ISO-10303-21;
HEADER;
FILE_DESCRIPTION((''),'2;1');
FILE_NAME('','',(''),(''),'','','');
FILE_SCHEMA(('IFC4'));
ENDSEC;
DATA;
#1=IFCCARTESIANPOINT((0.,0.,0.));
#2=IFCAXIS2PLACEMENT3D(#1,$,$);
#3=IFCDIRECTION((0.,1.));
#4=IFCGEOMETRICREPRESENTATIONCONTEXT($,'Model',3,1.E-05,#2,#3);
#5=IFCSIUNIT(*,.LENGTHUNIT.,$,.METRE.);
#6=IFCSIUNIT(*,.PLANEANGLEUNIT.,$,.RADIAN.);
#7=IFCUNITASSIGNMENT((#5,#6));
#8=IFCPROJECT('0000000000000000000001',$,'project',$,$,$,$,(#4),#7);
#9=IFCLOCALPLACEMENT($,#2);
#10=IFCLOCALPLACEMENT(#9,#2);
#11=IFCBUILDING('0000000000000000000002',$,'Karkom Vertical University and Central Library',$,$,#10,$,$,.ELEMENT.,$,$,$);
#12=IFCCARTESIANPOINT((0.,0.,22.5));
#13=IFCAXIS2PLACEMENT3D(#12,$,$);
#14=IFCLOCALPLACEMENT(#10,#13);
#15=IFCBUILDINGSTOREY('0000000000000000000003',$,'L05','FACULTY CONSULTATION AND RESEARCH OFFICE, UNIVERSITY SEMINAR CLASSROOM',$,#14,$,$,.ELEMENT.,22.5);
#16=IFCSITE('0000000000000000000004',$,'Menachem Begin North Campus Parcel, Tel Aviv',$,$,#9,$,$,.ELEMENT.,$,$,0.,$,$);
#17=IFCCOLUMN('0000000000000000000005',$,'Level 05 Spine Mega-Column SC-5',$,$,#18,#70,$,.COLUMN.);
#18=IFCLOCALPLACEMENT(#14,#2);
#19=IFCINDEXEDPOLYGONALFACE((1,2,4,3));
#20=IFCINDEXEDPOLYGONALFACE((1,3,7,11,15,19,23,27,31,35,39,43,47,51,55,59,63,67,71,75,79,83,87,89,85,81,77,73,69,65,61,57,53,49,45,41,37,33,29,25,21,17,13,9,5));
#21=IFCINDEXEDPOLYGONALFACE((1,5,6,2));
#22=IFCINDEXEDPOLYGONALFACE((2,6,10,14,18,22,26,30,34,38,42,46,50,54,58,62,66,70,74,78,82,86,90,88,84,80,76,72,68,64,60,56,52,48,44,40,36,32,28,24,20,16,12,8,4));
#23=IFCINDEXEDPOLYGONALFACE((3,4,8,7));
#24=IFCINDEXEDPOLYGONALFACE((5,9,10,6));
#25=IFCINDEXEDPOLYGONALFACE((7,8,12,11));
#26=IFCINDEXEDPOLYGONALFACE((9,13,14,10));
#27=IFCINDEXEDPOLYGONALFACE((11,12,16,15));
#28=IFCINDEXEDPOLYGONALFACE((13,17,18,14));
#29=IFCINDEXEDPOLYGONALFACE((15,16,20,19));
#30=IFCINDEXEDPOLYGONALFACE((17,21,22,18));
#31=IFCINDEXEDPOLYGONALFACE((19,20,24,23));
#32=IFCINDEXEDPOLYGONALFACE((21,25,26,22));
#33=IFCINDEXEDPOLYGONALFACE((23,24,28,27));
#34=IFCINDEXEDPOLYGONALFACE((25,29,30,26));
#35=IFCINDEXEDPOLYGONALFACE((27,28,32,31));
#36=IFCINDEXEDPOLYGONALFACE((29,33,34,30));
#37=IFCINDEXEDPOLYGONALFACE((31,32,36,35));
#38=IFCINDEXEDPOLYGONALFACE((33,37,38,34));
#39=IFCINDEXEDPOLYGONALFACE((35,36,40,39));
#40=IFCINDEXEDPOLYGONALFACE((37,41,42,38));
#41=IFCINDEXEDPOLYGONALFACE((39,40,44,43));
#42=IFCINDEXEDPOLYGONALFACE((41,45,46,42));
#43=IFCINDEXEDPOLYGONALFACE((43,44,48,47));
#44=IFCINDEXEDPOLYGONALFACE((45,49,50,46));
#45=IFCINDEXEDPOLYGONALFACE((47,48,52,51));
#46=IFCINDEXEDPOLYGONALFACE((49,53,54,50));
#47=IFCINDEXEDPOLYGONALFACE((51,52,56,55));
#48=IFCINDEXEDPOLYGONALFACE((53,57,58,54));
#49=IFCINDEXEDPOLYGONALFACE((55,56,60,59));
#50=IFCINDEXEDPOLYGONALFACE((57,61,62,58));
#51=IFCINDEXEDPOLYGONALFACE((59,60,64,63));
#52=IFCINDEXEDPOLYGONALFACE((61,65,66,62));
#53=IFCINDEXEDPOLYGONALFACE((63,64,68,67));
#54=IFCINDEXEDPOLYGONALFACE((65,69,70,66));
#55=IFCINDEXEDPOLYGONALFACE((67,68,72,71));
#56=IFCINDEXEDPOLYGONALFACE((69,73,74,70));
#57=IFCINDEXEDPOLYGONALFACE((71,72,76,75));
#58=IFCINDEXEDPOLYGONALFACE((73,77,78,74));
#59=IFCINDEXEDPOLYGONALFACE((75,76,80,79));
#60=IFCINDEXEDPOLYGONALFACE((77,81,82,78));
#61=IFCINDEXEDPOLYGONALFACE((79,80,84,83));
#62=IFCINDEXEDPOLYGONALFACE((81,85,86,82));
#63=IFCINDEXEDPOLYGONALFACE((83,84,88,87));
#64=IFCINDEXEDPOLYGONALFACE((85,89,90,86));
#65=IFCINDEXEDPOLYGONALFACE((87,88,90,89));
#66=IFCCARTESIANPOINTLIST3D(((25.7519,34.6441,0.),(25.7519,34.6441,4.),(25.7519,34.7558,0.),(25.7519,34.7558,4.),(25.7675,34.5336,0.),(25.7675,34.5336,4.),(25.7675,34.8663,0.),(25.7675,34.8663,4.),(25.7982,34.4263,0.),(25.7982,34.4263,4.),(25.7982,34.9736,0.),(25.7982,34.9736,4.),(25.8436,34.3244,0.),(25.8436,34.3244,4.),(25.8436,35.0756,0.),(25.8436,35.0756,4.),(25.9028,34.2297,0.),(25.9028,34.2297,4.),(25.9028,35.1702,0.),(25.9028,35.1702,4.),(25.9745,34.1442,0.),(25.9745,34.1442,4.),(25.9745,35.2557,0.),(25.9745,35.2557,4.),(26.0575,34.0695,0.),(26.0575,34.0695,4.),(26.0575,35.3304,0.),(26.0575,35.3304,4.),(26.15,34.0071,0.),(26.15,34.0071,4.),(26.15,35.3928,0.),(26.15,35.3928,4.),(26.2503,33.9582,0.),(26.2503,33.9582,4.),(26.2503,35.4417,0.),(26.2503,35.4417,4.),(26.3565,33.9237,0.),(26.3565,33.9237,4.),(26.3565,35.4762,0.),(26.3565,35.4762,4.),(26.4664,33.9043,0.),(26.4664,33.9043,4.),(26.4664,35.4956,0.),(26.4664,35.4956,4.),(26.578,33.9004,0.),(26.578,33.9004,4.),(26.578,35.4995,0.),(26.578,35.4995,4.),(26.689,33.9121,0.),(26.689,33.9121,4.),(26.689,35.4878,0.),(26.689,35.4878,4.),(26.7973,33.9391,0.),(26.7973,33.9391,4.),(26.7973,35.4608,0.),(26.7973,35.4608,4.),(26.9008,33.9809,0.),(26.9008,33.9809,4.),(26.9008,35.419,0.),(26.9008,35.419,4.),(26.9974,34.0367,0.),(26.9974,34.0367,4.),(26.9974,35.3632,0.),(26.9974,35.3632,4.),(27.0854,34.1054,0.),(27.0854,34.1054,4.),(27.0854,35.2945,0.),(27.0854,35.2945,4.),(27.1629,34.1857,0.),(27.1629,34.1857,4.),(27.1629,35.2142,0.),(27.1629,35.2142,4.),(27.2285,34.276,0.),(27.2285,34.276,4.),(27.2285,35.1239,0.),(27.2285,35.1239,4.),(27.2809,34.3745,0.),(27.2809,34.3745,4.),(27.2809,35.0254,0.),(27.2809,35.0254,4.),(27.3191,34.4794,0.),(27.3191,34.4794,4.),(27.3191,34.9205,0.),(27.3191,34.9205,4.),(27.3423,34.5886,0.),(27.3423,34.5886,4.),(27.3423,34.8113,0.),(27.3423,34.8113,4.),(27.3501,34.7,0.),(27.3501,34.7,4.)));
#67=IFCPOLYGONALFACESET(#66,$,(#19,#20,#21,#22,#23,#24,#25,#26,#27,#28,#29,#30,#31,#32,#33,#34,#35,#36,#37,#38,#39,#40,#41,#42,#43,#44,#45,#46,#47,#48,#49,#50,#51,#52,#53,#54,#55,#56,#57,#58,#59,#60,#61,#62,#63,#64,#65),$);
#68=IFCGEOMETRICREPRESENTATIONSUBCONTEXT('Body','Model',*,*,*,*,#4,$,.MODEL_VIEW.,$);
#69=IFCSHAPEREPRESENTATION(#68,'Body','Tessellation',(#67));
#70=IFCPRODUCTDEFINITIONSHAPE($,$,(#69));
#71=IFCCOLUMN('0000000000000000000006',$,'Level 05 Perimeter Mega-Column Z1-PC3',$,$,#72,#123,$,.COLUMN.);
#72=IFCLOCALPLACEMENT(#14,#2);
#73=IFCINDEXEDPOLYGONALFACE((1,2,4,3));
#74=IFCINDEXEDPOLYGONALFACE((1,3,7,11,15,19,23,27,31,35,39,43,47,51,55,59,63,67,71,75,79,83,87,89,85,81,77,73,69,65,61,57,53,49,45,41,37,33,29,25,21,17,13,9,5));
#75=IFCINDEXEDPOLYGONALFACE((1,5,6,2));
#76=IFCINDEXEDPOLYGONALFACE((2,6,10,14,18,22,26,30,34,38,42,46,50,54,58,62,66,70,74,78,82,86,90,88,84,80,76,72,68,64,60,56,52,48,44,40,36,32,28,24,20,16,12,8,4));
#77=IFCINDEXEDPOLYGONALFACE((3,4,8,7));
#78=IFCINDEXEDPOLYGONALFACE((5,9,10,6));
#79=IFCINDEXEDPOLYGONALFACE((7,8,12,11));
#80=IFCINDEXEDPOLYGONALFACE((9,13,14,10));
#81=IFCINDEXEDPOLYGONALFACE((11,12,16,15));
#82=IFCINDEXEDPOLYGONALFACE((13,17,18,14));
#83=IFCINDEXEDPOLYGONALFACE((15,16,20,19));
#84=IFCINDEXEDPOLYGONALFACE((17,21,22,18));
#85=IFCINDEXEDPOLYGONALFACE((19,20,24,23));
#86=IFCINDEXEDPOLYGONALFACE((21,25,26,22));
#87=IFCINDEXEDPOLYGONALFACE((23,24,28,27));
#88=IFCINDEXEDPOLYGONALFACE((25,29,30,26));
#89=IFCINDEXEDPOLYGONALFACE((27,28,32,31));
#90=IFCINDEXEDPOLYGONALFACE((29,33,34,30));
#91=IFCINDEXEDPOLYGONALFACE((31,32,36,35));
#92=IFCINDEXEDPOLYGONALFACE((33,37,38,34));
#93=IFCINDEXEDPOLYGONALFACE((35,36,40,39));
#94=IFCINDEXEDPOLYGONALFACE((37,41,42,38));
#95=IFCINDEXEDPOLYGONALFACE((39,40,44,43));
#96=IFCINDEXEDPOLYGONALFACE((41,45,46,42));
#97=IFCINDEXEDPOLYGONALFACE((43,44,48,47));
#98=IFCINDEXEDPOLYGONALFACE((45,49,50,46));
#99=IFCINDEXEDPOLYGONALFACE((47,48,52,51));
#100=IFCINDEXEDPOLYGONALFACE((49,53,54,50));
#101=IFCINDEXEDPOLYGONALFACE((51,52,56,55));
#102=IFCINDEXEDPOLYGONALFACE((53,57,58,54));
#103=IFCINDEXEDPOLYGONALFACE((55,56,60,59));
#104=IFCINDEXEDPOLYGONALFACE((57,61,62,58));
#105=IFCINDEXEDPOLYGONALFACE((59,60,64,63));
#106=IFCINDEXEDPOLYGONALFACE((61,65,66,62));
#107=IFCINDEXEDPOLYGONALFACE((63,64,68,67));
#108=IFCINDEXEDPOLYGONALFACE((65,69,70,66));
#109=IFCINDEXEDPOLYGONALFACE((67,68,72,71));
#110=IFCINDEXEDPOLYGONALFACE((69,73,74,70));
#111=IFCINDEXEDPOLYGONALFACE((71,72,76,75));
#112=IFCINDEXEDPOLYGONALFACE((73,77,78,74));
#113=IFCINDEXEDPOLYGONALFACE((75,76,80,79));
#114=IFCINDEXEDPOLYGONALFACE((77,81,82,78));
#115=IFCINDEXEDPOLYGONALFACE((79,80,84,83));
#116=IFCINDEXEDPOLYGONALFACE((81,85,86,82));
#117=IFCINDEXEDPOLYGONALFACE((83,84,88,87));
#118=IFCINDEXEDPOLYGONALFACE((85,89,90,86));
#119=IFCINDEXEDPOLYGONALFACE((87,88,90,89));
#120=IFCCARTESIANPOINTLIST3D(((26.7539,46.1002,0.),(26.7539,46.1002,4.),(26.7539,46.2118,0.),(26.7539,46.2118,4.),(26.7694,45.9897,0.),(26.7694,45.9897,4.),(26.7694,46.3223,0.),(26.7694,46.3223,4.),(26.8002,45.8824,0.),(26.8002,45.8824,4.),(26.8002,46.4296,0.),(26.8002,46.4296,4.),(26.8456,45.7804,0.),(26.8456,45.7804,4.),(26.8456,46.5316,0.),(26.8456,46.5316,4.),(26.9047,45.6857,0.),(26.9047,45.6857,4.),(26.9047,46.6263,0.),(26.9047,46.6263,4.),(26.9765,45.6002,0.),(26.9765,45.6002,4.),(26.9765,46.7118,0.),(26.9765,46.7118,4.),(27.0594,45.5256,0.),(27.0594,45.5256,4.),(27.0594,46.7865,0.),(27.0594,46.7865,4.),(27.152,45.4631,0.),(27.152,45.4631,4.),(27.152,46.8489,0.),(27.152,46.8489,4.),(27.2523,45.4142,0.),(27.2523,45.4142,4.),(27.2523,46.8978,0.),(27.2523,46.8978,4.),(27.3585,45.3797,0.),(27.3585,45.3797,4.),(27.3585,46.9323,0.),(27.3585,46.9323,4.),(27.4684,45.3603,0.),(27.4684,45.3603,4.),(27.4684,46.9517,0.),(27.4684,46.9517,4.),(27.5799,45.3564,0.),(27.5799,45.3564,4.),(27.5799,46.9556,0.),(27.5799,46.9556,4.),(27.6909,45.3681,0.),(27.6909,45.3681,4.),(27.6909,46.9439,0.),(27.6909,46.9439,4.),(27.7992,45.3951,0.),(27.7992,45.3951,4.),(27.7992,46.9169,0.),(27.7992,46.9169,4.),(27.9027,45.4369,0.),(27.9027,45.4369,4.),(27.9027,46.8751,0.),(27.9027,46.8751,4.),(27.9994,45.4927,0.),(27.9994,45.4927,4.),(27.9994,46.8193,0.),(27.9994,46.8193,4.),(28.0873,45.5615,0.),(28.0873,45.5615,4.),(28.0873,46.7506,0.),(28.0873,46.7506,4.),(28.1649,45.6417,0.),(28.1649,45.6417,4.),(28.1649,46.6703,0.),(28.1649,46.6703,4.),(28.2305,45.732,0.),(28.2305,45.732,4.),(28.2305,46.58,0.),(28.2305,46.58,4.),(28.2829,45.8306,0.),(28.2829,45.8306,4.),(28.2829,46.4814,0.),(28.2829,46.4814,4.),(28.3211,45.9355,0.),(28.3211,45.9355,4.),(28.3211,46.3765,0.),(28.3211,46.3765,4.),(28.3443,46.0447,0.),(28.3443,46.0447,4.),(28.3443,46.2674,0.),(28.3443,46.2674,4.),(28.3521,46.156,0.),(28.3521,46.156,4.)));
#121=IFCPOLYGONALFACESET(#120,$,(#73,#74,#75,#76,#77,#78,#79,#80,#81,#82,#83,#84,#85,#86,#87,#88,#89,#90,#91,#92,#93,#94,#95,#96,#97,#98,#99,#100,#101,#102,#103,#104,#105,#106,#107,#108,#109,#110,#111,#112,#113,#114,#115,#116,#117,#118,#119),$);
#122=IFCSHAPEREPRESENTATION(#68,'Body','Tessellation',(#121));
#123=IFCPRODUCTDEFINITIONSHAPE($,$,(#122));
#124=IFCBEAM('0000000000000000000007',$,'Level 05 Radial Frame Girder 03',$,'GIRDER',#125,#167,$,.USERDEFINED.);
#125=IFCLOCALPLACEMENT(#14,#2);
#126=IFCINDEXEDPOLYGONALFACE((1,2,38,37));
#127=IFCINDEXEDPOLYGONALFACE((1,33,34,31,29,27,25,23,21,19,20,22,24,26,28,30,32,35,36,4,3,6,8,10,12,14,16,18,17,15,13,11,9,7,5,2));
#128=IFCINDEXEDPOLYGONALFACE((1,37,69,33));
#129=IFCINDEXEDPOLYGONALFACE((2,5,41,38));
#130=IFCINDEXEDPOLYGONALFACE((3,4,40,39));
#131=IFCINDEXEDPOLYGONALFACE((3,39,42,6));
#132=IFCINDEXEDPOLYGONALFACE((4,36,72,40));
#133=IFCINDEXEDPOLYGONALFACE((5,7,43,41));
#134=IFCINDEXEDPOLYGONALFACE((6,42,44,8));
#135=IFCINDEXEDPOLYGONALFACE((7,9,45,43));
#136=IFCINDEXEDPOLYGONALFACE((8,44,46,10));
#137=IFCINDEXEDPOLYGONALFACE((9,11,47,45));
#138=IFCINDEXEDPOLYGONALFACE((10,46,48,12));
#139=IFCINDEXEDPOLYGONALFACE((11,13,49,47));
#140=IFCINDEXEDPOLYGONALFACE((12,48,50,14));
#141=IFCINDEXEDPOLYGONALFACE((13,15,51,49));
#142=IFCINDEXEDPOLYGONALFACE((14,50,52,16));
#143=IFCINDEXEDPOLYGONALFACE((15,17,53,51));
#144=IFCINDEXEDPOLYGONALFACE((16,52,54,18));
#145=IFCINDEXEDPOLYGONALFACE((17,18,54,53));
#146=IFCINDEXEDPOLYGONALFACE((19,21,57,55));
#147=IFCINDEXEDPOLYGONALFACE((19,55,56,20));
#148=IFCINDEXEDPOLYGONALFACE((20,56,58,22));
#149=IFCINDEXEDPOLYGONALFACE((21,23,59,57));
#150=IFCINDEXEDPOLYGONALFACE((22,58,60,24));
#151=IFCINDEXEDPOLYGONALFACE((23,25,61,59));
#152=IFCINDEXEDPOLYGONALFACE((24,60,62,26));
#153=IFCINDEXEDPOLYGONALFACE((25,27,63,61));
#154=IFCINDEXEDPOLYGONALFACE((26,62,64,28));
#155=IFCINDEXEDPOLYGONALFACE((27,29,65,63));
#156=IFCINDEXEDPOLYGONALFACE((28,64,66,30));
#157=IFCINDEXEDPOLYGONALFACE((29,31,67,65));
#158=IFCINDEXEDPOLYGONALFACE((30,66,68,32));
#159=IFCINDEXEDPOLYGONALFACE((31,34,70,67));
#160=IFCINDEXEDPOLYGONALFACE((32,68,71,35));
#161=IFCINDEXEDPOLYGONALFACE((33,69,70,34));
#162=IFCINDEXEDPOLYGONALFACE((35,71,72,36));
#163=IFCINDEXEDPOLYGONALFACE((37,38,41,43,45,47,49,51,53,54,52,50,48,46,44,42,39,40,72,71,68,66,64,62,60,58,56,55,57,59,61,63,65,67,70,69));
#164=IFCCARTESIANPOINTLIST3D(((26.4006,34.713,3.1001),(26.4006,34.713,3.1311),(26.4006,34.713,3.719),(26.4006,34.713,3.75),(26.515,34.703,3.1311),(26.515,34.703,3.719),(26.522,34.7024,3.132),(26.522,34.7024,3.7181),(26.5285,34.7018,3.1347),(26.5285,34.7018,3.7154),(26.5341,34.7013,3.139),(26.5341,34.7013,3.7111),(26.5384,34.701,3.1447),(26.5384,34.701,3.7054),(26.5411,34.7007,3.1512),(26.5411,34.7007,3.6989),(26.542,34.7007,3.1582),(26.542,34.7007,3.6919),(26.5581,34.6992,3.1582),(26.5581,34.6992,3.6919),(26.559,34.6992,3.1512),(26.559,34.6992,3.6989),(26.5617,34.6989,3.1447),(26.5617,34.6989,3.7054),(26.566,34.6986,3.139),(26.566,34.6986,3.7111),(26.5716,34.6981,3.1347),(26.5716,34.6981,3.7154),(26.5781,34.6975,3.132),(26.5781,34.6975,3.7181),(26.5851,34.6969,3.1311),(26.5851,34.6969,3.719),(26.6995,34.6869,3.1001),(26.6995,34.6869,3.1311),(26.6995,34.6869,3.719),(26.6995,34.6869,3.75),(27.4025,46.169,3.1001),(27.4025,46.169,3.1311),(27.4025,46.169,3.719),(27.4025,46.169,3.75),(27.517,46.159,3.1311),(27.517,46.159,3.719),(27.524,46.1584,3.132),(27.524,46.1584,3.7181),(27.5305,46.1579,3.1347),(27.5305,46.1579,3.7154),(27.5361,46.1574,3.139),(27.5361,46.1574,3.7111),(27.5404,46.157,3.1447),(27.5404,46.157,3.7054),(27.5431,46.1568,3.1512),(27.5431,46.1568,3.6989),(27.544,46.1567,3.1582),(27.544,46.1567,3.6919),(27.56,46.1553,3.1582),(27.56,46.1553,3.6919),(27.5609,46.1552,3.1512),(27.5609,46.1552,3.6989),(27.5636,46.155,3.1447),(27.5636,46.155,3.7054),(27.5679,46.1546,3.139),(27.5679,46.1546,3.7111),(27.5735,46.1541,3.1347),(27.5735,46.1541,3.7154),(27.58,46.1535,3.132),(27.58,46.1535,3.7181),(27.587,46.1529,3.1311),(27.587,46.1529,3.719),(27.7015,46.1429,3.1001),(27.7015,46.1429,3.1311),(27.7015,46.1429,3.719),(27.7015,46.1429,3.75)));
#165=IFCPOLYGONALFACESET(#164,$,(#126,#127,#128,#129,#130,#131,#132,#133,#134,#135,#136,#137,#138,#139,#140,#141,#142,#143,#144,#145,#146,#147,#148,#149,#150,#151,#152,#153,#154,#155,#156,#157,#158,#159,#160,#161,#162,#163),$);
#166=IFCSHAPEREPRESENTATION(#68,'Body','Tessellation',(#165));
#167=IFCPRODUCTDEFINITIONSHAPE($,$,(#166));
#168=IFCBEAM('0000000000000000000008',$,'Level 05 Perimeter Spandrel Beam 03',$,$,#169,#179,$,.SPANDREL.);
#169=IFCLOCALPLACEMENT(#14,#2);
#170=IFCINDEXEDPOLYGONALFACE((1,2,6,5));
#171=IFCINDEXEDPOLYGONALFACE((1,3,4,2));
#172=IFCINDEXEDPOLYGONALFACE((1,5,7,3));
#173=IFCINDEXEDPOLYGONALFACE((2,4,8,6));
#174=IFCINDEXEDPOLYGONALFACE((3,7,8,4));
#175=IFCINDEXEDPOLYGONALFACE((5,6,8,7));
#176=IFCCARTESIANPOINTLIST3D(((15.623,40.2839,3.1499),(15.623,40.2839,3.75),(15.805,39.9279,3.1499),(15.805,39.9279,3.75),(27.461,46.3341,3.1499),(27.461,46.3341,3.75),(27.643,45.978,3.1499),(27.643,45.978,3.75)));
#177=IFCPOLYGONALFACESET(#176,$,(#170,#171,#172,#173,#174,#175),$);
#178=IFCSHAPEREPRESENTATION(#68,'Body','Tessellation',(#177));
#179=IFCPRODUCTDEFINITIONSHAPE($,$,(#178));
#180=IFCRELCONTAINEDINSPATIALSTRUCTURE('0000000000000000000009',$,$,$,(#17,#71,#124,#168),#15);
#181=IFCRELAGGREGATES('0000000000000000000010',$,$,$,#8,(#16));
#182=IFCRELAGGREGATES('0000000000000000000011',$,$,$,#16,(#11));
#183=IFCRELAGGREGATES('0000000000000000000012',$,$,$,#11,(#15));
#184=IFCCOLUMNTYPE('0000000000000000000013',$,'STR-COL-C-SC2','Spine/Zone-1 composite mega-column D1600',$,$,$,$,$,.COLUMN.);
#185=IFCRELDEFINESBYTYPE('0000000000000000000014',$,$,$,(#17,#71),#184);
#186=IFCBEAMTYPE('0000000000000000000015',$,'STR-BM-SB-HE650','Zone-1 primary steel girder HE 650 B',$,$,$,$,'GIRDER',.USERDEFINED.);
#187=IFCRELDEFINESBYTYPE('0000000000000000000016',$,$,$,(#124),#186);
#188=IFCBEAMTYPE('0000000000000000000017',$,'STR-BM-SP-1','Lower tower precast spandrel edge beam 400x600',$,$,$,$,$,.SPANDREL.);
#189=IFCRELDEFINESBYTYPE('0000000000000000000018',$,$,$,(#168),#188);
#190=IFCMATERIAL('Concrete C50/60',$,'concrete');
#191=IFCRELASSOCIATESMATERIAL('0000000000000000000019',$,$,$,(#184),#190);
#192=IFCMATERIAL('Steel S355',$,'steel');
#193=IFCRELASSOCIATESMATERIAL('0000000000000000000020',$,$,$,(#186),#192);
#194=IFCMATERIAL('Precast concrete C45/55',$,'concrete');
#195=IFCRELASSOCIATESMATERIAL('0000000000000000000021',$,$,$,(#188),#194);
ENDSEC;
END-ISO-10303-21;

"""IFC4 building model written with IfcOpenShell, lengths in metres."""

from ifc_helpers import new_model, si_unit, direction, frame, origin, origin_with_axes, origin_2d, place, context, subcontext, project, spatial, rectangle, circle, i_section, extrude, source, transform, mapped, material, material_profile, profile_set, type_object, element, save


model = new_model("IFC4")

# Units and contexts
model_context = context("Model", 3, precision=1e-05, world=origin(), true_north=direction((0.0, 1.0)))
body_context = subcontext(model_context, "Body", "Model", "MODEL_VIEW")
ifc_project = project(units=[si_unit("LENGTHUNIT", "METRE"), si_unit("PLANEANGLEUNIT", "RADIAN")], contexts=[model_context])

# Site, building, storey
site_placement = place(None, origin())
site = spatial("IfcSite", under=ifc_project, at=site_placement, Name="Menachem Begin North Campus Parcel, Tel Aviv", CompositionType="ELEMENT", RefElevation=0.0)
building_placement = place(site_placement, origin())
building = spatial("IfcBuilding", under=site, at=building_placement, Name="Karkom Vertical University and Central Library", CompositionType="ELEMENT")
storey_placement = place(building_placement, frame((0.0, 0.0, 22.5)))
storey = spatial("IfcBuildingStorey", under=building, at=storey_placement, Name="L05", Description="FACULTY CONSULTATION AND RESEARCH OFFICE, UNIVERSITY SEMINAR CLASSROOM", CompositionType="ELEMENT", Elevation=22.5)

# Columns
ifc_material_1 = material(Name="Concrete C50/60", Category="concrete")
ifc_material_profile_1 = material_profile(ifc_material_1, circle(Radius=0.8, at=origin_2d()), Name="CFT-D1600")
ifc_profile_set_1 = profile_set([ifc_material_profile_1], Name="Concrete C50/60")
column_type = type_object("IfcColumnType", Name="STR-COL-C-SC2", Description="Spine/Zone-1 composite mega-column D1600", PredefinedType="COLUMN", material=ifc_profile_set_1)
shared_shape_1 = source(origin_with_axes(), body_context, "Body", "SweptSolid", [
    extrude(circle(Radius=0.8, at=origin_2d()), origin(), (0.0, 0.0, 1.0), 4.0),
])
for number, where, z_axis, x_axis, name in (
    (1, (26.55, 34.7, 0.0), (0.0, 0.0, 1.0), (1.0, 0.0, 0.0), "Level 05 Spine Mega-Column SC-5"),
    (2, (27.552, 46.156, 0.0), (0.0, 0.0, 1.0), (1.0, 0.0, 0.0), "Level 05 Perimeter Mega-Column Z1-PC3"),
):
    element("IfcColumn", number, at=place(storey_placement, frame(where, z_axis=z_axis, x_axis=x_axis)), inside=storey, type_object=column_type, Name=name, PredefinedType="COLUMN", context=body_context, shape_type="MappedRepresentation", body=[
        mapped(shared_shape_1, transform((0.0, 0.0, 0.0), scale=1.0)),
    ])

# Beams
ifc_material_2 = material(Name="Steel S355", Category="steel")
ifc_material_profile_2 = material_profile(ifc_material_2, i_section(OverallWidth=0.3, OverallDepth=0.6499, WebThickness=0.0161, FlangeThickness=0.031, FilletRadius=0.0271, at=origin_2d()), Name="HE 650 B")
ifc_profile_set_2 = profile_set([ifc_material_profile_2], Name="Steel S355")
beam_type_1 = type_object("IfcBeamType", Name="STR-BM-SB-HE650", Description="Zone-1 primary steel girder HE 650 B", ElementType="GIRDER", PredefinedType="USERDEFINED", material=ifc_profile_set_2)
shared_shape_2 = source(origin_with_axes(), body_context, "Body", "SweptSolid", [
    extrude(i_section(OverallWidth=0.3, OverallDepth=0.6499, WebThickness=0.0161, FlangeThickness=0.031, FilletRadius=0.0271, at=origin_2d()), origin(), (0.0, 0.0, 1.0), 11.4998),
])
beam_1_placement = place(storey_placement, frame((26.55, 34.7, 3.425), z_axis=(0.087128, 0.996197, 0.0), x_axis=(-0.996197, 0.087128, 0.0)))
element("IfcBeam", 3, at=beam_1_placement, inside=storey, type_object=beam_type_1, Name="Level 05 Radial Frame Girder 03", ObjectType="GIRDER", PredefinedType="USERDEFINED", context=body_context, shape_type="MappedRepresentation", body=[
    mapped(shared_shape_2, transform((0.0, 0.0, 0.0), scale=1.0)),
])
ifc_material_3 = material(Name="Precast concrete C45/55", Category="concrete")
ifc_material_profile_3 = material_profile(ifc_material_3, rectangle(XDim=0.3999, YDim=0.6001, at=origin_2d()), Name="SPB-400x600")
ifc_profile_set_3 = profile_set([ifc_material_profile_3], Name="Precast concrete C45/55")
beam_type_2 = type_object("IfcBeamType", Name="STR-BM-SP-1", Description="Lower tower precast spandrel edge beam 400x600", PredefinedType="SPANDREL", material=ifc_profile_set_3)
shared_shape_3 = source(origin_with_axes(), body_context, "Body", "SweptSolid", [
    extrude(rectangle(XDim=0.3999, YDim=0.6001, at=origin_2d()), origin(), (0.0, 0.0, 1.0), 13.2944),
])
beam_2_placement = place(storey_placement, frame((27.552, 46.156, 3.45), z_axis=(-0.890448, -0.455085, 0.0), x_axis=(0.455085, -0.890448, 0.0)))
element("IfcBeam", 4, at=beam_2_placement, inside=storey, type_object=beam_type_2, Name="Level 05 Perimeter Spandrel Beam 03", PredefinedType="SPANDREL", context=body_context, shape_type="MappedRepresentation", body=[
    mapped(shared_shape_3, transform((0.0, 0.0, 0.0), scale=1.0)),
])

save(model, "model.ifc")
